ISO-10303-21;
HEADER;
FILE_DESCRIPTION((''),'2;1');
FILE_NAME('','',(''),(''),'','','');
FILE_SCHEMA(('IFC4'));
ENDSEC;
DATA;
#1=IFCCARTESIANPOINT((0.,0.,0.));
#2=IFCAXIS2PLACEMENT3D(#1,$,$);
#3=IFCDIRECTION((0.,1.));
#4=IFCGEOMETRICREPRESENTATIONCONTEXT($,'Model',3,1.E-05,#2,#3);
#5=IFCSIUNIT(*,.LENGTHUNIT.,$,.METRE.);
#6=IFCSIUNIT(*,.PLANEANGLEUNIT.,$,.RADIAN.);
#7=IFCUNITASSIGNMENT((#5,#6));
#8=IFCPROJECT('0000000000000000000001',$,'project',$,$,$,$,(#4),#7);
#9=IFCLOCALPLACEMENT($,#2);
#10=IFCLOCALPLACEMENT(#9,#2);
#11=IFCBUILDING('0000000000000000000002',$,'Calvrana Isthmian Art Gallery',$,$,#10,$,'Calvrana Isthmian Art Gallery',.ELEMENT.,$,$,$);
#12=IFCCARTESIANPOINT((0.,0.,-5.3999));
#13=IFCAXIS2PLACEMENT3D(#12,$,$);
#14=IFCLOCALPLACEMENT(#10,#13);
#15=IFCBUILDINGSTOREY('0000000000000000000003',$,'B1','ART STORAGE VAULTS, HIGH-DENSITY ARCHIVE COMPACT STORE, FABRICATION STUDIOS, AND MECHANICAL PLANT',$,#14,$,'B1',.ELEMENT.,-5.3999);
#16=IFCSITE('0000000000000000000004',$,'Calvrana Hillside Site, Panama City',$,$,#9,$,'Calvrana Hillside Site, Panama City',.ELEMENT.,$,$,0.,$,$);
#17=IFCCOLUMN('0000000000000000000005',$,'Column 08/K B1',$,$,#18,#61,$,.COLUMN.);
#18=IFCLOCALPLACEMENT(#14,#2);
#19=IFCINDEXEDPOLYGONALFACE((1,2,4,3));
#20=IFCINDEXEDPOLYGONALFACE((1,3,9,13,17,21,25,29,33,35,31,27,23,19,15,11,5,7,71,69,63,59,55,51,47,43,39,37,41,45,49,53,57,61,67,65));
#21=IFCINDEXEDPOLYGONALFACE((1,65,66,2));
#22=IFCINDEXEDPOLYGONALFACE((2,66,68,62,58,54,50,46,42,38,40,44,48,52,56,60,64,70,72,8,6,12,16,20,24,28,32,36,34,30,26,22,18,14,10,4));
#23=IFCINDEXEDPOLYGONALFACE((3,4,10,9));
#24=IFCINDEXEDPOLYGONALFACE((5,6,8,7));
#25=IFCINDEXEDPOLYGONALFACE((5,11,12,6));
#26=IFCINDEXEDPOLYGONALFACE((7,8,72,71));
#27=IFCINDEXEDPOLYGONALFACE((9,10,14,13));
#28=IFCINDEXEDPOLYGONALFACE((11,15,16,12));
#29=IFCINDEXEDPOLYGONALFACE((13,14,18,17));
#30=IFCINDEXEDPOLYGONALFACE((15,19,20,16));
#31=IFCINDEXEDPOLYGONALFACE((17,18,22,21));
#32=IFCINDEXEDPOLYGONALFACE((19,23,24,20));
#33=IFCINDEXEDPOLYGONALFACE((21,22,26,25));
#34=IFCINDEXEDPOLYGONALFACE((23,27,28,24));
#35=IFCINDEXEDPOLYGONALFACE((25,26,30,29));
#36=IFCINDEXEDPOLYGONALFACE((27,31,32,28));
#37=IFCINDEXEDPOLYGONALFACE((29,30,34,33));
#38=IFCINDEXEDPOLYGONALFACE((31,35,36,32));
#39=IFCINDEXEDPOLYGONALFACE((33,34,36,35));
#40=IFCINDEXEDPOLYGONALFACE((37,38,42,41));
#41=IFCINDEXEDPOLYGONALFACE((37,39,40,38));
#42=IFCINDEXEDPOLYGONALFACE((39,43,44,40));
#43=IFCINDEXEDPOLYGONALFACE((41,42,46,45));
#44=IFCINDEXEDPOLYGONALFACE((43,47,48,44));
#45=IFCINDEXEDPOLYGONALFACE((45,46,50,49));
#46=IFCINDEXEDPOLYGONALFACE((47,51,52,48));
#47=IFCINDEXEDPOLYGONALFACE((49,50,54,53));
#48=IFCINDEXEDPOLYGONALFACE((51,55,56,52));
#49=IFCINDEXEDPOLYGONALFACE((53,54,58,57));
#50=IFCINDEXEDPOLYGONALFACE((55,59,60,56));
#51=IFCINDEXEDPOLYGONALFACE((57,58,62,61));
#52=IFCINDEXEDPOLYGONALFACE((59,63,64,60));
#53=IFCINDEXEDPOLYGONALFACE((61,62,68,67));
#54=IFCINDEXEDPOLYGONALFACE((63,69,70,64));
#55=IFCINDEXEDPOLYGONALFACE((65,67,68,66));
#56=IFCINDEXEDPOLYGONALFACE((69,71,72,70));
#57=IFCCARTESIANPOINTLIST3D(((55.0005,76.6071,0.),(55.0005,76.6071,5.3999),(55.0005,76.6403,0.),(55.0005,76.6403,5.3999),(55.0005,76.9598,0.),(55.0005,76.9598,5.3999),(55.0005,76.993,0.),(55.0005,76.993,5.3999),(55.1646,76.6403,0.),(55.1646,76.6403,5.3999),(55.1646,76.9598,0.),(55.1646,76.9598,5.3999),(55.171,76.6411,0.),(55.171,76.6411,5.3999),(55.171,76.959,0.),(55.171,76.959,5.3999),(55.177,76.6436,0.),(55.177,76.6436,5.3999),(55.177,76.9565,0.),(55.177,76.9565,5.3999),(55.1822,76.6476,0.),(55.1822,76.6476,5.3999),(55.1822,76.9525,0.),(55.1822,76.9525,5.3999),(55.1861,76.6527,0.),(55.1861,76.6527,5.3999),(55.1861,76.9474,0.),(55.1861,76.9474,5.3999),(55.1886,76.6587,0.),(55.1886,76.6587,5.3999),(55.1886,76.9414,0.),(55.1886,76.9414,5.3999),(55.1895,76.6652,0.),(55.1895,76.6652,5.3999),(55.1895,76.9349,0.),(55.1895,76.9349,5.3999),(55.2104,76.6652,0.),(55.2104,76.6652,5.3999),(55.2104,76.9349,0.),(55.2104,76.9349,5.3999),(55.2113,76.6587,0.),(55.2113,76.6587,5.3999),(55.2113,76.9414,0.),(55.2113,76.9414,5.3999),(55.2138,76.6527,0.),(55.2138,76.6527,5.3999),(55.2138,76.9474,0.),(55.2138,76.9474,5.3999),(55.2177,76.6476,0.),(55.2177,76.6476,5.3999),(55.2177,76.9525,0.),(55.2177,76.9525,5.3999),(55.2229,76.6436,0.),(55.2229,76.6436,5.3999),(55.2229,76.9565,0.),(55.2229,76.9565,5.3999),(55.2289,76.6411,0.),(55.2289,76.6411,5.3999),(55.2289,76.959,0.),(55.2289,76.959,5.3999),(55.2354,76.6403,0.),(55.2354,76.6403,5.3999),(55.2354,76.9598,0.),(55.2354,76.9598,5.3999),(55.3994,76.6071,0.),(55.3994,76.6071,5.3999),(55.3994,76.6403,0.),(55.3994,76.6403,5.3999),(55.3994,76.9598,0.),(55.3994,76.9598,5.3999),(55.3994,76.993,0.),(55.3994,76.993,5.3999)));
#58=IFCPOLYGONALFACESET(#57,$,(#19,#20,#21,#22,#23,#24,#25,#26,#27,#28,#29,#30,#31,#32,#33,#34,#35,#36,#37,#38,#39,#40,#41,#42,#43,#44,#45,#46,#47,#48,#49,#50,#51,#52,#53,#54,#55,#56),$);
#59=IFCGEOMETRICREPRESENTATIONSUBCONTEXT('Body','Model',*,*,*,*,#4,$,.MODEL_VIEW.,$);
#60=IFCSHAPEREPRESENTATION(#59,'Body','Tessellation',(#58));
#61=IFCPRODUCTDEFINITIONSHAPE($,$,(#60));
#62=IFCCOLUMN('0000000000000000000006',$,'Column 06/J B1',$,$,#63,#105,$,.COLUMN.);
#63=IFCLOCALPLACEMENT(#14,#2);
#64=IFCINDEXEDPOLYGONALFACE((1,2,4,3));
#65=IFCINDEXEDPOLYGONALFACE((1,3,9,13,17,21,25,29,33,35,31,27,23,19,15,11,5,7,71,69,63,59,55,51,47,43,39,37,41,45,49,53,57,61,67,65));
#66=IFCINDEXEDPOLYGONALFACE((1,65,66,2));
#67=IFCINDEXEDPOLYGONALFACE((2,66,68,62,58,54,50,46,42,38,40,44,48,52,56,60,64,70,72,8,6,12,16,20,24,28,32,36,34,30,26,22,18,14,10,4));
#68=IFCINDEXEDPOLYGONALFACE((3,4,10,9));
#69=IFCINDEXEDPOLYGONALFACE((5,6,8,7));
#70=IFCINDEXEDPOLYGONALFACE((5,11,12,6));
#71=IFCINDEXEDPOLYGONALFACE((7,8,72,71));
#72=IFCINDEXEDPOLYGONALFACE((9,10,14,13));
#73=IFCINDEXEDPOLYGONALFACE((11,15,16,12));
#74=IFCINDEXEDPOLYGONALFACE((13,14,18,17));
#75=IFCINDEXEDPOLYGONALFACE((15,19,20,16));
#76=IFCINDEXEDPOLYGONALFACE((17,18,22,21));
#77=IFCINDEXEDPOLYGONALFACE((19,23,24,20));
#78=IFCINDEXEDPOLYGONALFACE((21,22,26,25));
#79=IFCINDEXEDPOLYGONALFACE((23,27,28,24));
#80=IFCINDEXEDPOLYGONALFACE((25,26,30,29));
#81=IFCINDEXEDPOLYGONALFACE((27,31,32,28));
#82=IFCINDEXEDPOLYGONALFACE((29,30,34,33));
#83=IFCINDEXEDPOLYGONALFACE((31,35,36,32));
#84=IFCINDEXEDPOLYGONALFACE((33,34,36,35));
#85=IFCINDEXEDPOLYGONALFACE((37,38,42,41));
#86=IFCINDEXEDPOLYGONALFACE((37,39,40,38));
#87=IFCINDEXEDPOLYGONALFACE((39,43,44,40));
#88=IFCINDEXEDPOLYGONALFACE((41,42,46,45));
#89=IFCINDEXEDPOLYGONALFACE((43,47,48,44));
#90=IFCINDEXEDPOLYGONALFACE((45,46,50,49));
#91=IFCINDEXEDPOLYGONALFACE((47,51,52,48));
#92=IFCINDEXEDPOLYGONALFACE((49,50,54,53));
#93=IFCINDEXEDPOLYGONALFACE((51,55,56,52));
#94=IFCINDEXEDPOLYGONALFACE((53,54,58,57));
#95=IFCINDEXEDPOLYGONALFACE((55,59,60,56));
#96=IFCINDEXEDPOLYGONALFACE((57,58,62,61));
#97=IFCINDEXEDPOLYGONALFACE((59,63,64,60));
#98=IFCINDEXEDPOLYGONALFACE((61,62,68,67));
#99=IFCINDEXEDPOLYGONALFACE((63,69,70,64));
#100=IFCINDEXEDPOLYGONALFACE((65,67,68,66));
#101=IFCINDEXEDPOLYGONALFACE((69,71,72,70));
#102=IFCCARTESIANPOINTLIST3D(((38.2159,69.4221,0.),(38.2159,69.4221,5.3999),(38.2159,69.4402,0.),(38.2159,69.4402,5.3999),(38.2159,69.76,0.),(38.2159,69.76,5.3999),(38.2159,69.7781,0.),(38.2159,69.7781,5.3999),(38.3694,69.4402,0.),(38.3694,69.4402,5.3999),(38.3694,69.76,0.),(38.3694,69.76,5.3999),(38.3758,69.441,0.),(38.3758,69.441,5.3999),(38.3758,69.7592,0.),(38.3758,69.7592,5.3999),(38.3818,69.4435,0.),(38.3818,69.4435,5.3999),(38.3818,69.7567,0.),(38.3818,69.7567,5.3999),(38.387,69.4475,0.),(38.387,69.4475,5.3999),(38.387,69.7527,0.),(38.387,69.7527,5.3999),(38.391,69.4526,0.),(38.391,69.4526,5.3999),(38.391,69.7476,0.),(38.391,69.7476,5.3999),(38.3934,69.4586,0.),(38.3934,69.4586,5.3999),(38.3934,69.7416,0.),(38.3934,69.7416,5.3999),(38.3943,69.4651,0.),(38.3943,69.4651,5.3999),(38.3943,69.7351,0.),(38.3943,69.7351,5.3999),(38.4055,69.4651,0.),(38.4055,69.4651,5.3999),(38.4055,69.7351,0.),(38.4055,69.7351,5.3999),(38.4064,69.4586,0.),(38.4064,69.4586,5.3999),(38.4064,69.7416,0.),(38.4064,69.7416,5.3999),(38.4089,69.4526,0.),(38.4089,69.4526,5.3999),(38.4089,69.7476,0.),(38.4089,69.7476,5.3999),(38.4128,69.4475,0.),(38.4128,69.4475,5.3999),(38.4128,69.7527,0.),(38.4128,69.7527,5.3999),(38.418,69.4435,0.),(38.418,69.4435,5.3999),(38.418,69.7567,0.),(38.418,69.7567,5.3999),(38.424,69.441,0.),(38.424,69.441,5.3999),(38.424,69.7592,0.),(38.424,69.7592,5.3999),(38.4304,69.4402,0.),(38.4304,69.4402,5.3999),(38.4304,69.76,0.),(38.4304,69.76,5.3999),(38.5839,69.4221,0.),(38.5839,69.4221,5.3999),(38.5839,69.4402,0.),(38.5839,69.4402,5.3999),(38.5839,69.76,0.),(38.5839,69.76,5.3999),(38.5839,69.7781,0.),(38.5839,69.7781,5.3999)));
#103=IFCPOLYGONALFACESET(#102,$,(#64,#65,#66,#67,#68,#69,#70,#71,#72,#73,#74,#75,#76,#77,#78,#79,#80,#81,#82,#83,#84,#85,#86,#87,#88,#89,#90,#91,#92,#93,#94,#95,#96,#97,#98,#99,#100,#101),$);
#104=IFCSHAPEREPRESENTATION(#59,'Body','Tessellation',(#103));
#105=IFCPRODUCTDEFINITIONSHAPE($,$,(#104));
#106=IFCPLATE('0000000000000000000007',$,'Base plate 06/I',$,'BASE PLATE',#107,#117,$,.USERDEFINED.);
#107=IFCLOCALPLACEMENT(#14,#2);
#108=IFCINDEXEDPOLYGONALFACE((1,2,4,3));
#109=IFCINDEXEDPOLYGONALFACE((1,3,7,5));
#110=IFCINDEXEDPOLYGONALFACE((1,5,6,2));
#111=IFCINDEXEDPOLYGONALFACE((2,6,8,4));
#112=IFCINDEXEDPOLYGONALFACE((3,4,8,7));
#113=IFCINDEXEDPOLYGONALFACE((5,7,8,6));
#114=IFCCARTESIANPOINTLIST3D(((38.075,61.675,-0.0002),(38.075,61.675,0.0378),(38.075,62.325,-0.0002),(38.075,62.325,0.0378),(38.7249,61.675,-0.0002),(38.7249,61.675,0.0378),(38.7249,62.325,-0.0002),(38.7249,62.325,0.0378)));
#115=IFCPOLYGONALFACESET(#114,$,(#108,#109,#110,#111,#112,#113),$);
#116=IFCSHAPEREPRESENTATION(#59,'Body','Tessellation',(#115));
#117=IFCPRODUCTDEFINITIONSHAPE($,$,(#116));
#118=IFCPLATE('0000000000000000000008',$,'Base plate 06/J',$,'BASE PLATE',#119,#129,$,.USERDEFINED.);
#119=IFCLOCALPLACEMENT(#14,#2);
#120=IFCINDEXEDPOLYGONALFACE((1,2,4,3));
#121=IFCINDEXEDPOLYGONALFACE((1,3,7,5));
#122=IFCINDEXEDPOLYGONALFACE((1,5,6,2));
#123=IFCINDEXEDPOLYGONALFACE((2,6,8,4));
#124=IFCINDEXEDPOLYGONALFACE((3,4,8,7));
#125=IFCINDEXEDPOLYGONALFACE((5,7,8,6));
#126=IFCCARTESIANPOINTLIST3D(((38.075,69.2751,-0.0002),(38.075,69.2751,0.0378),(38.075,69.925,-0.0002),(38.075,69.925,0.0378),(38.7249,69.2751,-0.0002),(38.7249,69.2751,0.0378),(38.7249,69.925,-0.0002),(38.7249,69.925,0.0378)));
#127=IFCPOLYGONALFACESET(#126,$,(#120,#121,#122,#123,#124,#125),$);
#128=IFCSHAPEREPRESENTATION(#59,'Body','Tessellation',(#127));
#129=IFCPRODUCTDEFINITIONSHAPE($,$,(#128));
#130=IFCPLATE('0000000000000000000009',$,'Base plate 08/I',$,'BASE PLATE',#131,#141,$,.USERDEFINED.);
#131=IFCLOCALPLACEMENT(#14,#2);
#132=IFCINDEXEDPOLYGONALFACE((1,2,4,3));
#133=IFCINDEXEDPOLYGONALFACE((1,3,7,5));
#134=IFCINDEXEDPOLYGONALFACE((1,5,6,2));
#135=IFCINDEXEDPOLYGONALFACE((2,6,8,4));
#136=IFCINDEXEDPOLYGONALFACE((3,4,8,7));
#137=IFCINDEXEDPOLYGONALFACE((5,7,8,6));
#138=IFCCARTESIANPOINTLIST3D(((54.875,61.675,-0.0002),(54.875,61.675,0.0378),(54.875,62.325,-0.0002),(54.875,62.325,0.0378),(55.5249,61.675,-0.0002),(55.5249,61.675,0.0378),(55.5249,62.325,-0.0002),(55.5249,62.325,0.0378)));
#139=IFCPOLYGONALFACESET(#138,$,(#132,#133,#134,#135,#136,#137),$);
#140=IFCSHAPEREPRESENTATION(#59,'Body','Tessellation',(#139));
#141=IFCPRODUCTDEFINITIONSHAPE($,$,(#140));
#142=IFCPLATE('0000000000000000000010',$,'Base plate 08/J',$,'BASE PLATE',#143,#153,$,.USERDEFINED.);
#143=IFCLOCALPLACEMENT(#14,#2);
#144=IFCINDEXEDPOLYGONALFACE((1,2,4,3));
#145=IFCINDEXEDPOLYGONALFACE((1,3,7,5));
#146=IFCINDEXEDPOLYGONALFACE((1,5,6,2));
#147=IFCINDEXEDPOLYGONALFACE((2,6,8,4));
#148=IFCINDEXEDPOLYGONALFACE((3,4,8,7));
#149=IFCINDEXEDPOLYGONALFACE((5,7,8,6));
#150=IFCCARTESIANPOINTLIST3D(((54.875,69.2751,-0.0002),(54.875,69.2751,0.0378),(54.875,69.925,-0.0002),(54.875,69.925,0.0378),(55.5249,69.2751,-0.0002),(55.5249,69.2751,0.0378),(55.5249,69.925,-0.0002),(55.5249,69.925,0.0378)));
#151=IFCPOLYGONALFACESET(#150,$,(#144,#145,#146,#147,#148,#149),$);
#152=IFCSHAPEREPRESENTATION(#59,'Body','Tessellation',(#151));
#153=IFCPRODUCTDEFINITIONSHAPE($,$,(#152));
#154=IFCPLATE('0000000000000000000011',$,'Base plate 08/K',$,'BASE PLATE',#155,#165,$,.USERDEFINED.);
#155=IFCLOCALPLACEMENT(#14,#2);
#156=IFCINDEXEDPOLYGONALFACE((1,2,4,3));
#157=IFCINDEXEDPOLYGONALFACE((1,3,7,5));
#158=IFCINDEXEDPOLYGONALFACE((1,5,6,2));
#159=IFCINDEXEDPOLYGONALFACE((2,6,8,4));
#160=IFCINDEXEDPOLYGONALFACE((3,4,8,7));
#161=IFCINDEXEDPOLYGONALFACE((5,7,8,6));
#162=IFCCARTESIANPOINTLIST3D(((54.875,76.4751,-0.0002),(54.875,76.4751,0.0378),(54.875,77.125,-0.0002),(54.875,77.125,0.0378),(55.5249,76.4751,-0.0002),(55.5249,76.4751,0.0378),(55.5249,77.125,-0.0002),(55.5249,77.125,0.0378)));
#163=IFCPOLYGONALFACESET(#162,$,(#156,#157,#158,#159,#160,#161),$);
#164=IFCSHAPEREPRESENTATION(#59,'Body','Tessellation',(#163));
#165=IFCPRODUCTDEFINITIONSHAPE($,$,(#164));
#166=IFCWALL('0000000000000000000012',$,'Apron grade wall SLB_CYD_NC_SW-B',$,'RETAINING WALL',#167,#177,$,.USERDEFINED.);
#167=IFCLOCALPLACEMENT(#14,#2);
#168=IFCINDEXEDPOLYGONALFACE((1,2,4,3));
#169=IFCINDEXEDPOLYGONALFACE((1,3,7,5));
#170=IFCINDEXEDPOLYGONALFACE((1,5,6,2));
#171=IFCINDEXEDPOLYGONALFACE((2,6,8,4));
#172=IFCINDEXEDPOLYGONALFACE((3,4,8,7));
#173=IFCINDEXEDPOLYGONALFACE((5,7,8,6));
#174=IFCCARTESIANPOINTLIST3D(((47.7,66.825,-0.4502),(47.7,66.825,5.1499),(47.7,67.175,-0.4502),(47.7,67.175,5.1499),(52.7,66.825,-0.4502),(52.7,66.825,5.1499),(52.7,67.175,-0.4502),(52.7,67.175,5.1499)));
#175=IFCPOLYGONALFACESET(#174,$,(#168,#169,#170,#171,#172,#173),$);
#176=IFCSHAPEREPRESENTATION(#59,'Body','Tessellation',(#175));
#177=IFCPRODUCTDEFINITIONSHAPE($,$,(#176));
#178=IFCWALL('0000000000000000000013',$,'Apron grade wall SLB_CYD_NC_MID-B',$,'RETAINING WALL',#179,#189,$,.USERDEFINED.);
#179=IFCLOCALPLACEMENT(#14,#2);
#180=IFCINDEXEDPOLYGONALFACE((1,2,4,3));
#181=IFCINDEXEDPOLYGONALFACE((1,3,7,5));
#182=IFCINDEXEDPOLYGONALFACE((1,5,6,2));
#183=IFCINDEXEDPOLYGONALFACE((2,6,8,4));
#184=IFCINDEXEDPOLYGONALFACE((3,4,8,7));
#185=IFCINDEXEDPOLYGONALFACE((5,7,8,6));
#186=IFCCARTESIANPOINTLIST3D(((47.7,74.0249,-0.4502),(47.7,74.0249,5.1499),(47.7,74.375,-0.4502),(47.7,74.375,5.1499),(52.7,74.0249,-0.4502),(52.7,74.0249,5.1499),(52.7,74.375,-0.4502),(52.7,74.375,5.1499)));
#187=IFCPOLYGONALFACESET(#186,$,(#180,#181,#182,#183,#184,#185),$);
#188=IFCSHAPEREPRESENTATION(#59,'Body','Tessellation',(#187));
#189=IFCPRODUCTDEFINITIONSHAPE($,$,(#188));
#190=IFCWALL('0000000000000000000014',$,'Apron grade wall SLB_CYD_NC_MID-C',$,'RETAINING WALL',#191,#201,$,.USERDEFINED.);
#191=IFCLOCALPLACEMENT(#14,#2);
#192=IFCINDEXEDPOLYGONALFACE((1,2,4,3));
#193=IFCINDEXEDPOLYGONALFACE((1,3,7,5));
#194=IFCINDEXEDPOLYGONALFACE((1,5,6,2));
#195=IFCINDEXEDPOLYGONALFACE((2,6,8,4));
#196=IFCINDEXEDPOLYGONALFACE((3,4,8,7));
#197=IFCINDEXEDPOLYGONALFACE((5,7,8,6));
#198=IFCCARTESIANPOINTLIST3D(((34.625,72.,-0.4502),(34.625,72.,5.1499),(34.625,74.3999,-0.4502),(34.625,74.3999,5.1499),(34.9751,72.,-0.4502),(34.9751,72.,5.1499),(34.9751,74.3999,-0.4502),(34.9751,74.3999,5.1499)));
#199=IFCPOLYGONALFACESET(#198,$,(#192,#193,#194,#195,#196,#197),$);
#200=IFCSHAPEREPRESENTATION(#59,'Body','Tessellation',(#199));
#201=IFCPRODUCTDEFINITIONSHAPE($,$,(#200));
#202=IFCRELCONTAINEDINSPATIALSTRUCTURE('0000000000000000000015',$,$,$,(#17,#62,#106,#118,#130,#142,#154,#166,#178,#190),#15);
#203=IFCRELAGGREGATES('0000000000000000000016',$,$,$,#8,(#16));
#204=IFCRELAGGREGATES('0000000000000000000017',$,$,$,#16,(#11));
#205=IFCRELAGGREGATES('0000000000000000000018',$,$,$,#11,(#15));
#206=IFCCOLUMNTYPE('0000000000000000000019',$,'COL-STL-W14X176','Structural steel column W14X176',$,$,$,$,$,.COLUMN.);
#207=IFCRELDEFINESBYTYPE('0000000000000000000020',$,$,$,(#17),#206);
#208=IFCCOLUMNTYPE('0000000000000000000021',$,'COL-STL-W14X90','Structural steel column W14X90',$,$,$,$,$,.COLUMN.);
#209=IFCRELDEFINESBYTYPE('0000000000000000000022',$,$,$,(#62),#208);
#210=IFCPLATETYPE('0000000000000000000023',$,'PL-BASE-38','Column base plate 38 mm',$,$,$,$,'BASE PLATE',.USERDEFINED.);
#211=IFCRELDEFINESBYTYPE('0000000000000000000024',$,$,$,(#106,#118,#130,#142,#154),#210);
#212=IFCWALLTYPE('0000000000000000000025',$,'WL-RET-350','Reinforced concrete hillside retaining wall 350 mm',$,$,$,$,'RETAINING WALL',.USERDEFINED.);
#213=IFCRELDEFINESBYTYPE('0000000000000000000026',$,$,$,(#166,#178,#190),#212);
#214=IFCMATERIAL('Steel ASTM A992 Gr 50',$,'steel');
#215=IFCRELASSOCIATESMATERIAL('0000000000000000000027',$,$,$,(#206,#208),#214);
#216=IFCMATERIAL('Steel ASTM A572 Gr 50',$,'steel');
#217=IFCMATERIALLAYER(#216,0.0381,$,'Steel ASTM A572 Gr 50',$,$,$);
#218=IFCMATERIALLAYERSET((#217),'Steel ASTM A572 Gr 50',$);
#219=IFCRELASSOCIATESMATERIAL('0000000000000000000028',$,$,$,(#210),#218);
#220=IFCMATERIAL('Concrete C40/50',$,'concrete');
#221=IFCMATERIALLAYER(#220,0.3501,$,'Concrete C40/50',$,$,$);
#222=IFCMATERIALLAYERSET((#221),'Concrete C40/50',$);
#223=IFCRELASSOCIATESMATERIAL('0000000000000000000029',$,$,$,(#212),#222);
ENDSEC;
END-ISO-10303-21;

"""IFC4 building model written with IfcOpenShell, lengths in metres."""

from ifc_helpers import new_model, si_unit, direction, frame, frame_2d, origin, origin_2d, place, context, subcontext, project, spatial, rectangle, i_section, extrude, material, layer, layer_set, material_profile, profile_set, type_object, element, save


model = new_model("IFC4")

# Units and contexts
model_context = context("Model", 3, precision=1e-05, world=origin(), true_north=direction((0.0, 1.0)))
body_context = subcontext(model_context, "Body", "Model", "MODEL_VIEW")
ifc_project = project(units=[si_unit("LENGTHUNIT", "METRE"), si_unit("PLANEANGLEUNIT", "RADIAN")], contexts=[model_context])

# Site, building, storey
site_placement = place(None, origin())
site = spatial("IfcSite", under=ifc_project, at=site_placement, Name="Calvrana Hillside Site, Panama City", LongName="Calvrana Hillside Site, Panama City", CompositionType="ELEMENT", RefElevation=0.0)
building_placement = place(site_placement, origin())
building = spatial("IfcBuilding", under=site, at=building_placement, Name="Calvrana Isthmian Art Gallery", LongName="Calvrana Isthmian Art Gallery", CompositionType="ELEMENT")
storey_placement = place(building_placement, frame((0.0, 0.0, -5.3999)))
storey = spatial("IfcBuildingStorey", under=building, at=storey_placement, Name="B1", Description="ART STORAGE VAULTS, HIGH-DENSITY ARCHIVE COMPACT STORE, FABRICATION STUDIOS, AND MECHANICAL PLANT", LongName="B1", CompositionType="ELEMENT", Elevation=-5.3999)

# Columns
ifc_material_1 = material(Name="Steel ASTM A992 Gr 50", Category="steel")
ifc_material_profile_1 = material_profile(ifc_material_1, i_section(OverallWidth=0.3989, OverallDepth=0.386, WebThickness=0.021, FlangeThickness=0.0332, FilletRadius=0.0249, at=origin_2d()), Name="W14X176")
ifc_profile_set_1 = profile_set([ifc_material_profile_1], Name="Steel ASTM A992 Gr 50")
column_type_1 = type_object("IfcColumnType", Name="COL-STL-W14X176", Description="Structural steel column W14X176", PredefinedType="COLUMN", material=ifc_profile_set_1)
column_1_placement = place(storey_placement, frame((55.2, 76.8, 0.0), z_axis=(0.0, 0.0, 1.0), x_axis=(1.0, 0.0, 0.0)))
element("IfcColumn", 1, at=column_1_placement, inside=storey, type_object=column_type_1, Name="Column 08/K B1", PredefinedType="COLUMN", context=body_context, shape_type="SweptSolid", body=[
    extrude(i_section(OverallWidth=0.3989, OverallDepth=0.386, WebThickness=0.021, FlangeThickness=0.0332, FilletRadius=0.0249, at=origin_2d()), origin(), (0.0, 0.0, 1.0), 5.3999),
])
ifc_material_profile_2 = material_profile(ifc_material_1, i_section(OverallWidth=0.3679, OverallDepth=0.356, WebThickness=0.0112, FlangeThickness=0.0181, FilletRadius=0.0249, at=origin_2d()), Name="W14X90")
ifc_profile_set_2 = profile_set([ifc_material_profile_2], Name="Steel ASTM A992 Gr 50")
column_type_2 = type_object("IfcColumnType", Name="COL-STL-W14X90", Description="Structural steel column W14X90", PredefinedType="COLUMN", material=ifc_profile_set_2)
column_2_placement = place(storey_placement, frame((38.3999, 69.6001, 0.0), z_axis=(0.0, 0.0, 1.0), x_axis=(1.0, 0.0, 0.0)))
element("IfcColumn", 2, at=column_2_placement, inside=storey, type_object=column_type_2, Name="Column 06/J B1", PredefinedType="COLUMN", context=body_context, shape_type="SweptSolid", body=[
    extrude(i_section(OverallWidth=0.3679, OverallDepth=0.356, WebThickness=0.0112, FlangeThickness=0.0181, FilletRadius=0.0249, at=origin_2d()), origin(), (0.0, 0.0, 1.0), 5.3999),
])

# Plates
ifc_material_2 = material(Name="Steel ASTM A572 Gr 50", Category="steel")
ifc_layer_1 = layer(ifc_material_2, 0.0381, Name="Steel ASTM A572 Gr 50")
ifc_layer_set_1 = layer_set([ifc_layer_1], Name="Steel ASTM A572 Gr 50")
plate_type = type_object("IfcPlateType", Name="PL-BASE-38", Description="Column base plate 38 mm", ElementType="BASE PLATE", PredefinedType="USERDEFINED", material=ifc_layer_set_1)
for number, where, z_axis, x_axis, name in (
    (3, (38.3999, 62.0, -0.0002), (0.0, 0.0, 1.0), (1.0, 0.0, 0.0), "Base plate 06/I"),
    (4, (38.3999, 69.6001, -0.0002), (0.0, 0.0, 1.0), (1.0, 0.0, 0.0), "Base plate 06/J"),
    (5, (55.2, 62.0, -0.0002), (0.0, 0.0, 1.0), (1.0, 0.0, 0.0), "Base plate 08/I"),
    (6, (55.2, 69.6001, -0.0002), (0.0, 0.0, 1.0), (1.0, 0.0, 0.0), "Base plate 08/J"),
    (7, (55.2, 76.8, -0.0002), (0.0, 0.0, 1.0), (1.0, 0.0, 0.0), "Base plate 08/K"),
):
    element("IfcPlate", number, at=place(storey_placement, frame(where, z_axis=z_axis, x_axis=x_axis)), inside=storey, type_object=plate_type, Name=name, ObjectType="BASE PLATE", PredefinedType="USERDEFINED", context=body_context, shape_type="SweptSolid", body=[
        extrude(rectangle(XDim=0.6499, YDim=0.6499, at=origin_2d()), origin(), (0.0, 0.0, 1.0), 0.0381),
    ])

# Walls
ifc_material_3 = material(Name="Concrete C40/50", Category="concrete")
ifc_layer_2 = layer(ifc_material_3, 0.3501, Name="Concrete C40/50")
ifc_layer_set_2 = layer_set([ifc_layer_2], Name="Concrete C40/50")
wall_type = type_object("IfcWallType", Name="WL-RET-350", Description="Reinforced concrete hillside retaining wall 350 mm", ElementType="RETAINING WALL", PredefinedType="USERDEFINED", material=ifc_layer_set_2)
for number, where, z_axis, x_axis, name in (
    (8, (47.7, 67.0, -0.4502), (0.0, 0.0, 1.0), (1.0, 0.0, 0.0), "Apron grade wall SLB_CYD_NC_SW-B"),
    (9, (47.7, 74.2, -0.4502), (0.0, 0.0, 1.0), (1.0, 0.0, 0.0), "Apron grade wall SLB_CYD_NC_MID-B"),
):
    element("IfcWall", number, at=place(storey_placement, frame(where, z_axis=z_axis, x_axis=x_axis)), inside=storey, type_object=wall_type, Name=name, ObjectType="RETAINING WALL", PredefinedType="USERDEFINED", context=body_context, shape_type="SweptSolid", body=[
        extrude(rectangle(XDim=5.0, YDim=0.3501, at=frame_2d((2.5, 0.0))), origin(), (0.0, 0.0, 1.0), 5.6001),
    ])
wall_placement = place(storey_placement, frame((34.8, 72.0, -0.4502), z_axis=(0.0, 0.0, 1.0), x_axis=(0.0, 1.0, 0.0)))
element("IfcWall", 10, at=wall_placement, inside=storey, type_object=wall_type, Name="Apron grade wall SLB_CYD_NC_MID-C", ObjectType="RETAINING WALL", PredefinedType="USERDEFINED", context=body_context, shape_type="SweptSolid", body=[
    extrude(rectangle(XDim=2.3999, YDim=0.3501, at=frame_2d((1.2, 0.0))), origin(), (0.0, 0.0, 1.0), 5.6001),
])

save(model, "model.ifc")
